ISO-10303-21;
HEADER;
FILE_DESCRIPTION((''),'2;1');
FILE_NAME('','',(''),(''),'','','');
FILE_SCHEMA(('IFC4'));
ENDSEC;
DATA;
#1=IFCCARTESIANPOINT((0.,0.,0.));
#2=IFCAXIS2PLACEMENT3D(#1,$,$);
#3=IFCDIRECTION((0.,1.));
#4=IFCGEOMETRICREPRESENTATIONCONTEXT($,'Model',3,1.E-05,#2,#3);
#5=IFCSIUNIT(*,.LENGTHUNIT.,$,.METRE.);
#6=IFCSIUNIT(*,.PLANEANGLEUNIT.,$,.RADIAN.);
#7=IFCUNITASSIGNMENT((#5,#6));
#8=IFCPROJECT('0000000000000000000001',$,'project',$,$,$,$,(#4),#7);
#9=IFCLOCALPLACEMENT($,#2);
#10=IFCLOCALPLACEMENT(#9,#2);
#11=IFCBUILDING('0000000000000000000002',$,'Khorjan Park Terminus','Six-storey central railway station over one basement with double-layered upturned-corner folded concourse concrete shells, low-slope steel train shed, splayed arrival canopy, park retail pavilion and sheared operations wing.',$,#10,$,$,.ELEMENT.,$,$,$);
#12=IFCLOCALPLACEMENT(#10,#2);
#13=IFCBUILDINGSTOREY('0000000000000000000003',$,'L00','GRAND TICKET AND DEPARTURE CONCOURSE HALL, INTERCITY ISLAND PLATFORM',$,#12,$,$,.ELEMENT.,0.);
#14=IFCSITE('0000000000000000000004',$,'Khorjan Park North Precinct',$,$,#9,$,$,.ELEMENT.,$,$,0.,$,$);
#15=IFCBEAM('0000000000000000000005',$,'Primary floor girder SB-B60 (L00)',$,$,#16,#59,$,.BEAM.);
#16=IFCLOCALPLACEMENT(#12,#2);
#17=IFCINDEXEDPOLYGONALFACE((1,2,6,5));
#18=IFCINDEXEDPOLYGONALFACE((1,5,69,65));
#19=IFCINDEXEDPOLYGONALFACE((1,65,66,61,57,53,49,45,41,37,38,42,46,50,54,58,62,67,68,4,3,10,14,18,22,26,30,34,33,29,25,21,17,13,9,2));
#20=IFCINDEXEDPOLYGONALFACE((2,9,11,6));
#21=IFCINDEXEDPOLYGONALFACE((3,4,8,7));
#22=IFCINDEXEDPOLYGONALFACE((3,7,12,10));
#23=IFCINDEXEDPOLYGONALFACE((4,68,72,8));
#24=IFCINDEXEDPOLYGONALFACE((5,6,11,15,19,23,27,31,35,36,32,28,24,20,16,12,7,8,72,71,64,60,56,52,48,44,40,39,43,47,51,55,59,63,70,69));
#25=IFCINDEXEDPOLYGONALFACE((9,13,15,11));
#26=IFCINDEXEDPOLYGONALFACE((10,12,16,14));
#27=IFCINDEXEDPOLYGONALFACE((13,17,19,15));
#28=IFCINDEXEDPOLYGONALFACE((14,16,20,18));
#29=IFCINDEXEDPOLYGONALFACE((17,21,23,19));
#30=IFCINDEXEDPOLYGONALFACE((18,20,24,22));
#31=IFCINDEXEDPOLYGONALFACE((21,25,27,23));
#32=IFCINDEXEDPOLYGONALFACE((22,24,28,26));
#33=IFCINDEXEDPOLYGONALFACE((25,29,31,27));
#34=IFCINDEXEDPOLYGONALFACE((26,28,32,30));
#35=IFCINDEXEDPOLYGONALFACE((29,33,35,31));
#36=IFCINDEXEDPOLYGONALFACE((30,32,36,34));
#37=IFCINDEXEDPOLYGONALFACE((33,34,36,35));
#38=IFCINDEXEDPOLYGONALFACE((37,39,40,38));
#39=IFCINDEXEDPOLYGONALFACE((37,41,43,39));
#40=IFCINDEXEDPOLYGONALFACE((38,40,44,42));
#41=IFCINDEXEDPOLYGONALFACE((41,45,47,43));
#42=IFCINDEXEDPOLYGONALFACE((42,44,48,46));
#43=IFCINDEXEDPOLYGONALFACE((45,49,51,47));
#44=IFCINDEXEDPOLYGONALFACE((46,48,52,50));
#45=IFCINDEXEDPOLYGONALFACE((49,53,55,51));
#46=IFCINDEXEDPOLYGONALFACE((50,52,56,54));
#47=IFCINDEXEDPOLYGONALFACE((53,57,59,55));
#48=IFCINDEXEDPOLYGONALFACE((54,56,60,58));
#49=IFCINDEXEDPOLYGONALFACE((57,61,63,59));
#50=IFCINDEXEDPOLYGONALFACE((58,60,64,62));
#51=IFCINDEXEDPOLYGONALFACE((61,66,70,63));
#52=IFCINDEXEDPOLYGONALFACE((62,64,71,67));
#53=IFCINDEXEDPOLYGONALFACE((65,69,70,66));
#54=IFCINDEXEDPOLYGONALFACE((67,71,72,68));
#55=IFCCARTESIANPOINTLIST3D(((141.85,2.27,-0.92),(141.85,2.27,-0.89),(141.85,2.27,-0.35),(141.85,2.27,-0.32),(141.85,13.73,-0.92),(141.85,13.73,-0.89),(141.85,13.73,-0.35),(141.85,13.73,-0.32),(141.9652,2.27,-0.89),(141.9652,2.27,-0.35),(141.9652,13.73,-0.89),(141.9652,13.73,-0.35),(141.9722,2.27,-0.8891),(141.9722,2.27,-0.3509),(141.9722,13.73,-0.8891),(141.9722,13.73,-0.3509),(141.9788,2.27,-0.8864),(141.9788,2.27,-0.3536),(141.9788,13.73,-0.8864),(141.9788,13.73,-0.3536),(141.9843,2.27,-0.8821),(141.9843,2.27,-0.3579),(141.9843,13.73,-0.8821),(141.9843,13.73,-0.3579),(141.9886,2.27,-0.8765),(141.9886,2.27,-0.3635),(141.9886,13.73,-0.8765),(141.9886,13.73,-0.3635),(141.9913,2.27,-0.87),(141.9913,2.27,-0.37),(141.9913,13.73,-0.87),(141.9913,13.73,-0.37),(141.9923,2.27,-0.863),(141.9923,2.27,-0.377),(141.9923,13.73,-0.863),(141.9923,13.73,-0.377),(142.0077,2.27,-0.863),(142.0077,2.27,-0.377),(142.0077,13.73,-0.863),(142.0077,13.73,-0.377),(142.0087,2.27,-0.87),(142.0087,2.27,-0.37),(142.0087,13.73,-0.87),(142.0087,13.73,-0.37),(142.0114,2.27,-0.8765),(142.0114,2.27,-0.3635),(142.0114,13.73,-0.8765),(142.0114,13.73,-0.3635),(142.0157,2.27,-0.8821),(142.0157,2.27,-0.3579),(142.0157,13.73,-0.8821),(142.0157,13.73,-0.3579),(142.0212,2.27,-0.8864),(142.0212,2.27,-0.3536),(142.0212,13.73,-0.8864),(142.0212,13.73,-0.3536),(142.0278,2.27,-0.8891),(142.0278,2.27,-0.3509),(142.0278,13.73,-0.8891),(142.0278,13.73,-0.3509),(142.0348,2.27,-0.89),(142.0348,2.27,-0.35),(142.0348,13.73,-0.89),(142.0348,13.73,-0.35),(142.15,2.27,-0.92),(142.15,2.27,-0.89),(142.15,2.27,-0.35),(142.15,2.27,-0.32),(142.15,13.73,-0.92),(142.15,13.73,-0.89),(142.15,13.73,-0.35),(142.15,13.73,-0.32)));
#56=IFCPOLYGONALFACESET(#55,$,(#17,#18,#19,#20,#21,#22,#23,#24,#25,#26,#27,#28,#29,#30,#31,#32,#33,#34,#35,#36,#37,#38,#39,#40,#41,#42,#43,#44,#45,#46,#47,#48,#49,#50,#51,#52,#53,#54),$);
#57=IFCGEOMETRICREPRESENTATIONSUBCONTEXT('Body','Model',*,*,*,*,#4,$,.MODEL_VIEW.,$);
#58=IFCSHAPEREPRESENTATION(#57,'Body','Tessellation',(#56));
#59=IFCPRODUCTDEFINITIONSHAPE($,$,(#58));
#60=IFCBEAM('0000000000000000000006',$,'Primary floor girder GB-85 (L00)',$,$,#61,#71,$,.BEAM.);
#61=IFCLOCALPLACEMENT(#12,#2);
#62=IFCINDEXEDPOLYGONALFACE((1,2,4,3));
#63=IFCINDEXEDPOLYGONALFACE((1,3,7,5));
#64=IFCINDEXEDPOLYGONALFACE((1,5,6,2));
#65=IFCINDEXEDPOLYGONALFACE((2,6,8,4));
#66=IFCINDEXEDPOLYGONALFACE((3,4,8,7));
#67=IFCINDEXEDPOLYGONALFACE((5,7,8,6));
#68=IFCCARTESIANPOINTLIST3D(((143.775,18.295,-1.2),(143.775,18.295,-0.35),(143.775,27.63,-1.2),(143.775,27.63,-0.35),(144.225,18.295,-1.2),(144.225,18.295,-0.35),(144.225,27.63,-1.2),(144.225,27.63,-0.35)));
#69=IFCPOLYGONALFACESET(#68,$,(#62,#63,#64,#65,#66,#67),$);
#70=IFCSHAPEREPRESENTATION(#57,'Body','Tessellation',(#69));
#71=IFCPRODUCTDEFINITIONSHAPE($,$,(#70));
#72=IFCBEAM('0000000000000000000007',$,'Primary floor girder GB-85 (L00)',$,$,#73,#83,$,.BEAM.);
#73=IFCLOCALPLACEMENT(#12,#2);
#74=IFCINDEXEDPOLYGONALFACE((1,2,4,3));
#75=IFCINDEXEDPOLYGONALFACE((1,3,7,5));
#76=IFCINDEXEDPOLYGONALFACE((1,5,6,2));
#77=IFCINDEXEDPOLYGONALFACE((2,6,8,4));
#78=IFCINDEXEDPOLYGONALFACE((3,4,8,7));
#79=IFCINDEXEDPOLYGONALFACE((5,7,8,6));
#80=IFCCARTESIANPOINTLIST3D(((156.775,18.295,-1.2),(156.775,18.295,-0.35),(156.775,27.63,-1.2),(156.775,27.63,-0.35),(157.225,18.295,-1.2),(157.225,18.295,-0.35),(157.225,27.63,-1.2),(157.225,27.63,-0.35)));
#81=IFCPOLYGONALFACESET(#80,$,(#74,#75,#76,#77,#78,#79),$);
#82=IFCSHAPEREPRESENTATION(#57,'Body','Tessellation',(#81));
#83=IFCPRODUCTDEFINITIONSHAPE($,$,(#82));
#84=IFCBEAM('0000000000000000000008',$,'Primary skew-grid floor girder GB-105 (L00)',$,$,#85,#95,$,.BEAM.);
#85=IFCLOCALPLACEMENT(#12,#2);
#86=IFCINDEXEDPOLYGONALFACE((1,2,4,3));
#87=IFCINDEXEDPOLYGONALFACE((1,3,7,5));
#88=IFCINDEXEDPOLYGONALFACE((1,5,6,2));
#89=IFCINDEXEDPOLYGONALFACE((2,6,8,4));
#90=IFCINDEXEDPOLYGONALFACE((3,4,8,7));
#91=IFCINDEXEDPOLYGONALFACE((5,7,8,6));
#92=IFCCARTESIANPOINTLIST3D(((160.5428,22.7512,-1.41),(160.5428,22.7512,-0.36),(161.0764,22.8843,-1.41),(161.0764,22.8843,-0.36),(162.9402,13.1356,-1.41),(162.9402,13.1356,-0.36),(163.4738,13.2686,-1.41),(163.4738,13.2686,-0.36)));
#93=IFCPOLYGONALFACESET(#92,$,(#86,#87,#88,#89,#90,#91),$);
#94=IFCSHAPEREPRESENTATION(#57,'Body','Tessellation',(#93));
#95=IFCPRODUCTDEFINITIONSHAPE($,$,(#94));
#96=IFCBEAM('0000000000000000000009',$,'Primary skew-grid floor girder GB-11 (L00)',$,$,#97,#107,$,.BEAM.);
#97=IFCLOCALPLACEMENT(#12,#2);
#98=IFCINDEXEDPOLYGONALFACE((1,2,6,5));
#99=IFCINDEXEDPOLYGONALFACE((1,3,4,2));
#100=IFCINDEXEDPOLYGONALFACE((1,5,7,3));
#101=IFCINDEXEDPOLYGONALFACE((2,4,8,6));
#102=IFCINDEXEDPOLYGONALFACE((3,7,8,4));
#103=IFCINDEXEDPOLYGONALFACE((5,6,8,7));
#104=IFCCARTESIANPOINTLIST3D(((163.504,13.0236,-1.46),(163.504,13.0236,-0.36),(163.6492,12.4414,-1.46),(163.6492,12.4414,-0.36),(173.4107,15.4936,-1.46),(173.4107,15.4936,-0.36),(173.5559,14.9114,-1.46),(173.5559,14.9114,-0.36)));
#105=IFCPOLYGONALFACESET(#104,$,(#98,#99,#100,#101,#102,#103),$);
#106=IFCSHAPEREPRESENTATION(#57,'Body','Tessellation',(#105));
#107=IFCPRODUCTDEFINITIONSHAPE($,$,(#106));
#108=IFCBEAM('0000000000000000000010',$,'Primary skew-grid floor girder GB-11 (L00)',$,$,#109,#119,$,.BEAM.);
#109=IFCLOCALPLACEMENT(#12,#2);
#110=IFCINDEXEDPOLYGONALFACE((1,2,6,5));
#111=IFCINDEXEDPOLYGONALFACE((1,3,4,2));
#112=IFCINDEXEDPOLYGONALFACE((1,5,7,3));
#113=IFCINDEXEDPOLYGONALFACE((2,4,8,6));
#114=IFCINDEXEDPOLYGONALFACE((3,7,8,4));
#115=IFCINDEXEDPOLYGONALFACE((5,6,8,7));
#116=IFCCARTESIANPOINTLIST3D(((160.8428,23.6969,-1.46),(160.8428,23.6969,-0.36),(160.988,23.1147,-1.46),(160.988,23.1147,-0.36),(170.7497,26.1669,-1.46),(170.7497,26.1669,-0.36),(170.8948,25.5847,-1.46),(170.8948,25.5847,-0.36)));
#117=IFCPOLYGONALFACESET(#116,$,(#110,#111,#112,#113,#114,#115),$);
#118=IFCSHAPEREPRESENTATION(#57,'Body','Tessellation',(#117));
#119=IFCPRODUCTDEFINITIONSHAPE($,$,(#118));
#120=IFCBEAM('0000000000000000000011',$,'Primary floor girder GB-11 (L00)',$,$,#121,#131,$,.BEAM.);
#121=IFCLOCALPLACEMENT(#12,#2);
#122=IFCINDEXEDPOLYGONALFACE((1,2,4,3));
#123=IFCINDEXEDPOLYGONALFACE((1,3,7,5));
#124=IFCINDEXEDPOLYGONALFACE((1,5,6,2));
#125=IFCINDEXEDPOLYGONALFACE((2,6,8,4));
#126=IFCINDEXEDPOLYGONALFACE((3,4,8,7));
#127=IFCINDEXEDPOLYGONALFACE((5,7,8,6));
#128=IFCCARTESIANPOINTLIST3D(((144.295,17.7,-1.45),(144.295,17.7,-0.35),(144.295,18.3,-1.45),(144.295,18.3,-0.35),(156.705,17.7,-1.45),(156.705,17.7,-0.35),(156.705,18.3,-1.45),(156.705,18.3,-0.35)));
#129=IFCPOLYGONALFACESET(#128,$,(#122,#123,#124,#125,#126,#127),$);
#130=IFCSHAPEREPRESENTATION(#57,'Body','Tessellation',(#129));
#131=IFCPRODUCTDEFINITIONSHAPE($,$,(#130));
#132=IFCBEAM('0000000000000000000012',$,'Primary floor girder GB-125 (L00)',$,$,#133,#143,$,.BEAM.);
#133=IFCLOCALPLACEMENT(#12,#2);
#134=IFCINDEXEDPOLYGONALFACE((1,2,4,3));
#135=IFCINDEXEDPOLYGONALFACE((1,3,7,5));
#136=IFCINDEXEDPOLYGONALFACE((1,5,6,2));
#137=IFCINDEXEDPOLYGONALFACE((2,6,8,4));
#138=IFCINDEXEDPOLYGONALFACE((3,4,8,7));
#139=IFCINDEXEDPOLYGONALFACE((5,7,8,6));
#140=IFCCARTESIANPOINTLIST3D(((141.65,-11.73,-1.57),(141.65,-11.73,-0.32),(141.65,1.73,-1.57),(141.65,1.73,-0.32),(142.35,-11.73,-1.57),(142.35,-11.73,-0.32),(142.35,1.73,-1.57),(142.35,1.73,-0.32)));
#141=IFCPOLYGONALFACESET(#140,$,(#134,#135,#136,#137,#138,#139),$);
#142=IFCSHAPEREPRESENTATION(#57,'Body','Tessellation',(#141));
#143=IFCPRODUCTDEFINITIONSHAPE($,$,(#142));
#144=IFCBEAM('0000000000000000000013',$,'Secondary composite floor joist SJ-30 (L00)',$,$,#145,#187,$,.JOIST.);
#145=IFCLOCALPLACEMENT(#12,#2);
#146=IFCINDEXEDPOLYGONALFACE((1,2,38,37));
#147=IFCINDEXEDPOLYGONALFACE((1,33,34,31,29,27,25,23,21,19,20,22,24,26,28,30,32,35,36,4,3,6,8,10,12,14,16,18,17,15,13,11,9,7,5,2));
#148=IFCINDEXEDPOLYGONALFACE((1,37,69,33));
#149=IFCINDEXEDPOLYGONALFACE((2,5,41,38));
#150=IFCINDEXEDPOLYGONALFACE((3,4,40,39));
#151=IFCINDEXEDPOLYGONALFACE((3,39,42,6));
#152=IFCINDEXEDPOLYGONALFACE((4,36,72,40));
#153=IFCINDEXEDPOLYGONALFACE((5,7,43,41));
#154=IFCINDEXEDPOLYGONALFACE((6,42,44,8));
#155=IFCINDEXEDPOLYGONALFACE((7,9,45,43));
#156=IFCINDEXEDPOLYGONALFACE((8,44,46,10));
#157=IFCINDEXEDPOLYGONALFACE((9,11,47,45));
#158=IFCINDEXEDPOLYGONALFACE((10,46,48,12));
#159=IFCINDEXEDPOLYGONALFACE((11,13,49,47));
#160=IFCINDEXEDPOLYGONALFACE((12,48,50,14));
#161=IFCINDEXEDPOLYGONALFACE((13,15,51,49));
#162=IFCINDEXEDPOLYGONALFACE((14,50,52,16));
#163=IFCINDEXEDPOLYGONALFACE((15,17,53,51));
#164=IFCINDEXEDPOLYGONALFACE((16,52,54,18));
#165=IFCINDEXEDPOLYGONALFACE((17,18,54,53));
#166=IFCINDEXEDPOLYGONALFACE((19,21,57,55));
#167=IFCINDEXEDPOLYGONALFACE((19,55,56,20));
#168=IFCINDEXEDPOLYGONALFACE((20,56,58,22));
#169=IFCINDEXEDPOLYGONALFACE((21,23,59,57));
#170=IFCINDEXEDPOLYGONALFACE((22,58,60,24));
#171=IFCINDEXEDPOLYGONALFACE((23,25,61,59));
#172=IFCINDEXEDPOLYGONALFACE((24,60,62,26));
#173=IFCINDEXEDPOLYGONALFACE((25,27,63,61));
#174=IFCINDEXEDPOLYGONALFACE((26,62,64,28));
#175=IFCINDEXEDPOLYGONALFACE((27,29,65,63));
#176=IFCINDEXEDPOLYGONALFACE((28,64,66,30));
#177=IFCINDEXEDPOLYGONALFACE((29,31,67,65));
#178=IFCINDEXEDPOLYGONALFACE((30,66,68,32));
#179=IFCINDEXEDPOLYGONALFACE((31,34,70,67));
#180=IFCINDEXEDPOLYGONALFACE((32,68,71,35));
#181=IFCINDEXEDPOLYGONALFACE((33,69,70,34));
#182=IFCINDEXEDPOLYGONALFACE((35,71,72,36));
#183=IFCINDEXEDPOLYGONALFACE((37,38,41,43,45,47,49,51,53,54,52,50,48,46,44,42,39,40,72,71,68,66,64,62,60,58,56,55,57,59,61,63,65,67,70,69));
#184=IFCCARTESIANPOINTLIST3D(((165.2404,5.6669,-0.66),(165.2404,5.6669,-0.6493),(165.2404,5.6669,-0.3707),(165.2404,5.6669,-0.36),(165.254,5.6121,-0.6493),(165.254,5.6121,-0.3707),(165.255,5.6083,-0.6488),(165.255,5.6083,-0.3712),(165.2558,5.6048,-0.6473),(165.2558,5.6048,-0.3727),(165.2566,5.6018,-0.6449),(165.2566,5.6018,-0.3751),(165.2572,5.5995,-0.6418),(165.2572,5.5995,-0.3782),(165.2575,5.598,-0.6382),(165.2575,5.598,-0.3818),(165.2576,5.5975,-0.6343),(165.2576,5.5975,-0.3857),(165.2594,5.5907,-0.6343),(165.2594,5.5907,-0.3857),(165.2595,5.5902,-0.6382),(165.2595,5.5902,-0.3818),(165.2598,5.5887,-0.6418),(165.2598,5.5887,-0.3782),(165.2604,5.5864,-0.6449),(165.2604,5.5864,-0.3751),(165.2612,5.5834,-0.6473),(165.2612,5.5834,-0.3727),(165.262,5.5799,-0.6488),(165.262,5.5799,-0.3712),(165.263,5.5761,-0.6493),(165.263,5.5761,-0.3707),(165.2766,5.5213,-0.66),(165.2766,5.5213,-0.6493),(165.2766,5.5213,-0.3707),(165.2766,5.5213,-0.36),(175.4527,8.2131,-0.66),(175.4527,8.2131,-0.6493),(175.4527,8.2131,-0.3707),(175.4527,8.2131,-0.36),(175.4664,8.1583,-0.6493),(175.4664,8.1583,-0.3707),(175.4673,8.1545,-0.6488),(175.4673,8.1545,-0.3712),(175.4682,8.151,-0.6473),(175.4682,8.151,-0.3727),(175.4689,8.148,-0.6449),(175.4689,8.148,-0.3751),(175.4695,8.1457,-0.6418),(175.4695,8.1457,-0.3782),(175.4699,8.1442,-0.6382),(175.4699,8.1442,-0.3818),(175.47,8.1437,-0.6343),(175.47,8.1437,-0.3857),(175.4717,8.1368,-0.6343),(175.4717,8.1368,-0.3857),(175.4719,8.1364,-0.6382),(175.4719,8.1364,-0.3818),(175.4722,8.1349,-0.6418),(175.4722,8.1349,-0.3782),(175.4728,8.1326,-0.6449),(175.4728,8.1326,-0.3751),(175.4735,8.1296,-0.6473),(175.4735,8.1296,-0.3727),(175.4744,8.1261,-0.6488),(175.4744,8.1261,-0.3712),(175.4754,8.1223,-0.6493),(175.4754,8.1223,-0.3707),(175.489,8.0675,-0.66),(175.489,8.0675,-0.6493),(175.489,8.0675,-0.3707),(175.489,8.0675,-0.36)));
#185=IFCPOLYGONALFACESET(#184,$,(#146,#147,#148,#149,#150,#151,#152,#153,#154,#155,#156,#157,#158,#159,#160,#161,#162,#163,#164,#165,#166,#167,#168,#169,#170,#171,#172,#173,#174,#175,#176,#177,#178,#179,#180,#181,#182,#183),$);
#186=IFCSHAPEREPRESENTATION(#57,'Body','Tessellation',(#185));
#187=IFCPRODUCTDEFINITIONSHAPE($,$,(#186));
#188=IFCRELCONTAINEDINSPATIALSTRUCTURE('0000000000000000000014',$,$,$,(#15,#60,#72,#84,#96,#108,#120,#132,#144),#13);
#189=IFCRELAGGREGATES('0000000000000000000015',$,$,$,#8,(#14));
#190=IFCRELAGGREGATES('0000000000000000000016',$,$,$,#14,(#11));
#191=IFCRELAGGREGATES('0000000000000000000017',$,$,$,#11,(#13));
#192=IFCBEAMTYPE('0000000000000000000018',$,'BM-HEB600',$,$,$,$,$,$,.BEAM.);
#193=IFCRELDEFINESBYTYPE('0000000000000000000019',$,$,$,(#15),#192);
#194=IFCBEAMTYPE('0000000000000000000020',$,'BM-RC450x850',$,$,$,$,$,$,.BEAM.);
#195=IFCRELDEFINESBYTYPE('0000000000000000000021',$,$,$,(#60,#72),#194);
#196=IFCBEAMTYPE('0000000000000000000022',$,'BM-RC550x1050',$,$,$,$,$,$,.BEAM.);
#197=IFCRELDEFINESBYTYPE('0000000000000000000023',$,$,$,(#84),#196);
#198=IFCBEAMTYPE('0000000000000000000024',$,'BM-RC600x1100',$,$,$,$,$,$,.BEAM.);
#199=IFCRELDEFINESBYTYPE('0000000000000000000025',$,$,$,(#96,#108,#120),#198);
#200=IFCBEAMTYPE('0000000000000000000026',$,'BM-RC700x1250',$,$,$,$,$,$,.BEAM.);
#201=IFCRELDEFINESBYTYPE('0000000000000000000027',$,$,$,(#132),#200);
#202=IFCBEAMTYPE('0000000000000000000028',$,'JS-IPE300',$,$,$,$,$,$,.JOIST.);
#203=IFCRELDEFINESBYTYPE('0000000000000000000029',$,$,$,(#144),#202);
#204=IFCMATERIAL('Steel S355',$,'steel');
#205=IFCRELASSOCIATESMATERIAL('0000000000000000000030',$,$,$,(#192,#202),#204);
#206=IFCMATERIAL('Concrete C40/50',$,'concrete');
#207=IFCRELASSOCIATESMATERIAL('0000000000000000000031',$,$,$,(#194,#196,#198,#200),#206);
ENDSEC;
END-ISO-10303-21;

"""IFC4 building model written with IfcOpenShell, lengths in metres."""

from ifc_helpers import new_model, si_unit, direction, frame, origin, origin_2d, place, context, subcontext, project, spatial, rectangle, i_section, extrude, material, material_profile, profile_set, type_object, element, save


model = new_model("IFC4")

# Units and contexts
model_context = context("Model", 3, precision=1e-05, world=origin(), true_north=direction((0.0, 1.0)))
body_context = subcontext(model_context, "Body", "Model", "MODEL_VIEW")
ifc_project = project(units=[si_unit("LENGTHUNIT", "METRE"), si_unit("PLANEANGLEUNIT", "RADIAN")], contexts=[model_context])

# Site, building, storey
site_placement = place(None, origin())
site = spatial("IfcSite", under=ifc_project, at=site_placement, Name="Khorjan Park North Precinct", CompositionType="ELEMENT", RefElevation=0.0)
building_placement = place(site_placement, origin())
building = spatial("IfcBuilding", under=site, at=building_placement, Name="Khorjan Park Terminus", Description="Six-storey central railway station over one basement with double-layered upturned-corner folded concourse concrete shells, low-slope steel train shed, splayed arrival canopy, park retail pavilion and sheared operations wing.", CompositionType="ELEMENT")
storey_placement = place(building_placement, origin())
storey = spatial("IfcBuildingStorey", under=building, at=storey_placement, Name="L00", Description="GRAND TICKET AND DEPARTURE CONCOURSE HALL, INTERCITY ISLAND PLATFORM", CompositionType="ELEMENT", Elevation=0.0)

# Beams
ifc_material_1 = material(Name="Steel S355", Category="steel")
ifc_material_profile_1 = material_profile(ifc_material_1, i_section(OverallWidth=0.3, OverallDepth=0.6, WebThickness=0.0155, FlangeThickness=0.03, FilletRadius=0.027, at=origin_2d()), Name="HEB 600")
ifc_profile_set_1 = profile_set([ifc_material_profile_1], Name="Steel S355")
beam_type_1 = type_object("IfcBeamType", Name="BM-HEB600", PredefinedType="BEAM", material=ifc_profile_set_1)
beam_1_placement = place(storey_placement, frame((142.0, 2.27, -0.62), z_axis=(0.0, 1.0, 0.0), x_axis=(-1.0, 0.0, 0.0)))
element("IfcBeam", 1, at=beam_1_placement, inside=storey, type_object=beam_type_1, Name="Primary floor girder SB-B60 (L00)", PredefinedType="BEAM", context=body_context, shape_type="SweptSolid", body=[
    extrude(i_section(OverallWidth=0.3, OverallDepth=0.6, WebThickness=0.0155, FlangeThickness=0.03, FilletRadius=0.027, at=origin_2d()), origin(), (0.0, 0.0, 1.0), 11.46),
])
ifc_material_2 = material(Name="Concrete C40/50", Category="concrete")
ifc_material_profile_2 = material_profile(ifc_material_2, rectangle(XDim=0.45, YDim=0.85, at=origin_2d()), Name="RC 450x850")
ifc_profile_set_2 = profile_set([ifc_material_profile_2], Name="Concrete C40/50")
beam_type_2 = type_object("IfcBeamType", Name="BM-RC450x850", PredefinedType="BEAM", material=ifc_profile_set_2)
for number, where, z_axis, x_axis, name in (
    (2, (144.0, 18.295, -0.775), (0.0, 1.0, 0.0), (-1.0, 0.0, 0.0), "Primary floor girder GB-85 (L00)"),
    (3, (157.0, 18.295, -0.775), (0.0, 1.0, 0.0), (-1.0, 0.0, 0.0), "Primary floor girder GB-85 (L00)"),
):
    element("IfcBeam", number, at=place(storey_placement, frame(where, z_axis=z_axis, x_axis=x_axis)), inside=storey, type_object=beam_type_2, Name=name, PredefinedType="BEAM", context=body_context, shape_type="SweptSolid", body=[
        extrude(rectangle(XDim=0.45, YDim=0.85, at=origin_2d()), origin(), (0.0, 0.0, 1.0), 9.335),
    ])
ifc_material_profile_3 = material_profile(ifc_material_2, rectangle(XDim=0.55, YDim=1.05, at=origin_2d()), Name="RC 550x1050")
ifc_profile_set_3 = profile_set([ifc_material_profile_3], Name="Concrete C40/50")
beam_type_3 = type_object("IfcBeamType", Name="BM-RC550x1050", PredefinedType="BEAM", material=ifc_profile_set_3)
beam_2_placement = place(storey_placement, frame((163.207, 13.2021, -0.885), z_axis=(-0.241918, 0.970297, 0.0), x_axis=(-0.970297, -0.241918, 0.0)))
element("IfcBeam", 4, at=beam_2_placement, inside=storey, type_object=beam_type_3, Name="Primary skew-grid floor girder GB-105 (L00)", PredefinedType="BEAM", context=body_context, shape_type="SweptSolid", body=[
    extrude(rectangle(XDim=0.55, YDim=1.05, at=origin_2d()), origin(), (0.0, 0.0, 1.0), 9.91),
])
ifc_material_profile_4 = material_profile(ifc_material_2, rectangle(XDim=0.6, YDim=1.1, at=origin_2d()), Name="RC 600x1100")
ifc_profile_set_4 = profile_set([ifc_material_profile_4], Name="Concrete C40/50")
beam_type_4 = type_object("IfcBeamType", Name="BM-RC600x1100", PredefinedType="BEAM", material=ifc_profile_set_4)
beam_3_placement = place(storey_placement, frame((163.5766, 12.7325, -0.91), z_axis=(0.970296, 0.24192, 0.0), x_axis=(-0.24192, 0.970296, 0.0)))
element("IfcBeam", 5, at=beam_3_placement, inside=storey, type_object=beam_type_4, Name="Primary skew-grid floor girder GB-11 (L00)", PredefinedType="BEAM", context=body_context, shape_type="SweptSolid", body=[
    extrude(rectangle(XDim=0.6, YDim=1.1, at=origin_2d()), origin(), (0.0, 0.0, 1.0), 10.21),
])
beam_4_placement = place(storey_placement, frame((160.9154, 23.4058, -0.91), z_axis=(0.970297, 0.241918, 0.0), x_axis=(-0.241918, 0.970297, 0.0)))
element("IfcBeam", 6, at=beam_4_placement, inside=storey, type_object=beam_type_4, Name="Primary skew-grid floor girder GB-11 (L00)", PredefinedType="BEAM", context=body_context, shape_type="SweptSolid", body=[
    extrude(rectangle(XDim=0.6, YDim=1.1, at=origin_2d()), origin(), (0.0, 0.0, 1.0), 10.2101),
])
beam_5_placement = place(storey_placement, frame((144.295, 18.0, -0.9), z_axis=(1.0, 0.0, 0.0), x_axis=(0.0, 1.0, 0.0)))
element("IfcBeam", 7, at=beam_5_placement, inside=storey, type_object=beam_type_4, Name="Primary floor girder GB-11 (L00)", PredefinedType="BEAM", context=body_context, shape_type="SweptSolid", body=[
    extrude(rectangle(XDim=0.6, YDim=1.1, at=origin_2d()), origin(), (0.0, 0.0, 1.0), 12.41),
])
ifc_material_profile_5 = material_profile(ifc_material_2, rectangle(XDim=0.7, YDim=1.25, at=origin_2d()), Name="RC 700x1250")
ifc_profile_set_5 = profile_set([ifc_material_profile_5], Name="Concrete C40/50")
beam_type_5 = type_object("IfcBeamType", Name="BM-RC700x1250", PredefinedType="BEAM", material=ifc_profile_set_5)
beam_6_placement = place(storey_placement, frame((142.0, -11.73, -0.945), z_axis=(0.0, 1.0, 0.0), x_axis=(-1.0, 0.0, 0.0)))
element("IfcBeam", 8, at=beam_6_placement, inside=storey, type_object=beam_type_5, Name="Primary floor girder GB-125 (L00)", PredefinedType="BEAM", context=body_context, shape_type="SweptSolid", body=[
    extrude(rectangle(XDim=0.7, YDim=1.25, at=origin_2d()), origin(), (0.0, 0.0, 1.0), 13.46),
])
ifc_material_profile_6 = material_profile(ifc_material_1, i_section(OverallWidth=0.15, OverallDepth=0.3, WebThickness=0.0071, FlangeThickness=0.0107, FilletRadius=0.015, at=origin_2d()), Name="IPE 300")
ifc_profile_set_6 = profile_set([ifc_material_profile_6], Name="Steel S355")
beam_type_6 = type_object("IfcBeamType", Name="JS-IPE300", PredefinedType="JOIST", material=ifc_profile_set_6)
beam_7_placement = place(storey_placement, frame((165.2585, 5.5941, -0.51), z_axis=(0.970297, 0.241919, 0.0), x_axis=(-0.241919, 0.970297, 0.0)))
element("IfcBeam", 9, at=beam_7_placement, inside=storey, type_object=beam_type_6, Name="Secondary composite floor joist SJ-30 (L00)", PredefinedType="JOIST", context=body_context, shape_type="SweptSolid", body=[
    extrude(i_section(OverallWidth=0.15, OverallDepth=0.3, WebThickness=0.0071, FlangeThickness=0.0107, FilletRadius=0.015, at=origin_2d()), origin(), (0.0, 0.0, 1.0), 10.525),
])

save(model, "model.ifc")
